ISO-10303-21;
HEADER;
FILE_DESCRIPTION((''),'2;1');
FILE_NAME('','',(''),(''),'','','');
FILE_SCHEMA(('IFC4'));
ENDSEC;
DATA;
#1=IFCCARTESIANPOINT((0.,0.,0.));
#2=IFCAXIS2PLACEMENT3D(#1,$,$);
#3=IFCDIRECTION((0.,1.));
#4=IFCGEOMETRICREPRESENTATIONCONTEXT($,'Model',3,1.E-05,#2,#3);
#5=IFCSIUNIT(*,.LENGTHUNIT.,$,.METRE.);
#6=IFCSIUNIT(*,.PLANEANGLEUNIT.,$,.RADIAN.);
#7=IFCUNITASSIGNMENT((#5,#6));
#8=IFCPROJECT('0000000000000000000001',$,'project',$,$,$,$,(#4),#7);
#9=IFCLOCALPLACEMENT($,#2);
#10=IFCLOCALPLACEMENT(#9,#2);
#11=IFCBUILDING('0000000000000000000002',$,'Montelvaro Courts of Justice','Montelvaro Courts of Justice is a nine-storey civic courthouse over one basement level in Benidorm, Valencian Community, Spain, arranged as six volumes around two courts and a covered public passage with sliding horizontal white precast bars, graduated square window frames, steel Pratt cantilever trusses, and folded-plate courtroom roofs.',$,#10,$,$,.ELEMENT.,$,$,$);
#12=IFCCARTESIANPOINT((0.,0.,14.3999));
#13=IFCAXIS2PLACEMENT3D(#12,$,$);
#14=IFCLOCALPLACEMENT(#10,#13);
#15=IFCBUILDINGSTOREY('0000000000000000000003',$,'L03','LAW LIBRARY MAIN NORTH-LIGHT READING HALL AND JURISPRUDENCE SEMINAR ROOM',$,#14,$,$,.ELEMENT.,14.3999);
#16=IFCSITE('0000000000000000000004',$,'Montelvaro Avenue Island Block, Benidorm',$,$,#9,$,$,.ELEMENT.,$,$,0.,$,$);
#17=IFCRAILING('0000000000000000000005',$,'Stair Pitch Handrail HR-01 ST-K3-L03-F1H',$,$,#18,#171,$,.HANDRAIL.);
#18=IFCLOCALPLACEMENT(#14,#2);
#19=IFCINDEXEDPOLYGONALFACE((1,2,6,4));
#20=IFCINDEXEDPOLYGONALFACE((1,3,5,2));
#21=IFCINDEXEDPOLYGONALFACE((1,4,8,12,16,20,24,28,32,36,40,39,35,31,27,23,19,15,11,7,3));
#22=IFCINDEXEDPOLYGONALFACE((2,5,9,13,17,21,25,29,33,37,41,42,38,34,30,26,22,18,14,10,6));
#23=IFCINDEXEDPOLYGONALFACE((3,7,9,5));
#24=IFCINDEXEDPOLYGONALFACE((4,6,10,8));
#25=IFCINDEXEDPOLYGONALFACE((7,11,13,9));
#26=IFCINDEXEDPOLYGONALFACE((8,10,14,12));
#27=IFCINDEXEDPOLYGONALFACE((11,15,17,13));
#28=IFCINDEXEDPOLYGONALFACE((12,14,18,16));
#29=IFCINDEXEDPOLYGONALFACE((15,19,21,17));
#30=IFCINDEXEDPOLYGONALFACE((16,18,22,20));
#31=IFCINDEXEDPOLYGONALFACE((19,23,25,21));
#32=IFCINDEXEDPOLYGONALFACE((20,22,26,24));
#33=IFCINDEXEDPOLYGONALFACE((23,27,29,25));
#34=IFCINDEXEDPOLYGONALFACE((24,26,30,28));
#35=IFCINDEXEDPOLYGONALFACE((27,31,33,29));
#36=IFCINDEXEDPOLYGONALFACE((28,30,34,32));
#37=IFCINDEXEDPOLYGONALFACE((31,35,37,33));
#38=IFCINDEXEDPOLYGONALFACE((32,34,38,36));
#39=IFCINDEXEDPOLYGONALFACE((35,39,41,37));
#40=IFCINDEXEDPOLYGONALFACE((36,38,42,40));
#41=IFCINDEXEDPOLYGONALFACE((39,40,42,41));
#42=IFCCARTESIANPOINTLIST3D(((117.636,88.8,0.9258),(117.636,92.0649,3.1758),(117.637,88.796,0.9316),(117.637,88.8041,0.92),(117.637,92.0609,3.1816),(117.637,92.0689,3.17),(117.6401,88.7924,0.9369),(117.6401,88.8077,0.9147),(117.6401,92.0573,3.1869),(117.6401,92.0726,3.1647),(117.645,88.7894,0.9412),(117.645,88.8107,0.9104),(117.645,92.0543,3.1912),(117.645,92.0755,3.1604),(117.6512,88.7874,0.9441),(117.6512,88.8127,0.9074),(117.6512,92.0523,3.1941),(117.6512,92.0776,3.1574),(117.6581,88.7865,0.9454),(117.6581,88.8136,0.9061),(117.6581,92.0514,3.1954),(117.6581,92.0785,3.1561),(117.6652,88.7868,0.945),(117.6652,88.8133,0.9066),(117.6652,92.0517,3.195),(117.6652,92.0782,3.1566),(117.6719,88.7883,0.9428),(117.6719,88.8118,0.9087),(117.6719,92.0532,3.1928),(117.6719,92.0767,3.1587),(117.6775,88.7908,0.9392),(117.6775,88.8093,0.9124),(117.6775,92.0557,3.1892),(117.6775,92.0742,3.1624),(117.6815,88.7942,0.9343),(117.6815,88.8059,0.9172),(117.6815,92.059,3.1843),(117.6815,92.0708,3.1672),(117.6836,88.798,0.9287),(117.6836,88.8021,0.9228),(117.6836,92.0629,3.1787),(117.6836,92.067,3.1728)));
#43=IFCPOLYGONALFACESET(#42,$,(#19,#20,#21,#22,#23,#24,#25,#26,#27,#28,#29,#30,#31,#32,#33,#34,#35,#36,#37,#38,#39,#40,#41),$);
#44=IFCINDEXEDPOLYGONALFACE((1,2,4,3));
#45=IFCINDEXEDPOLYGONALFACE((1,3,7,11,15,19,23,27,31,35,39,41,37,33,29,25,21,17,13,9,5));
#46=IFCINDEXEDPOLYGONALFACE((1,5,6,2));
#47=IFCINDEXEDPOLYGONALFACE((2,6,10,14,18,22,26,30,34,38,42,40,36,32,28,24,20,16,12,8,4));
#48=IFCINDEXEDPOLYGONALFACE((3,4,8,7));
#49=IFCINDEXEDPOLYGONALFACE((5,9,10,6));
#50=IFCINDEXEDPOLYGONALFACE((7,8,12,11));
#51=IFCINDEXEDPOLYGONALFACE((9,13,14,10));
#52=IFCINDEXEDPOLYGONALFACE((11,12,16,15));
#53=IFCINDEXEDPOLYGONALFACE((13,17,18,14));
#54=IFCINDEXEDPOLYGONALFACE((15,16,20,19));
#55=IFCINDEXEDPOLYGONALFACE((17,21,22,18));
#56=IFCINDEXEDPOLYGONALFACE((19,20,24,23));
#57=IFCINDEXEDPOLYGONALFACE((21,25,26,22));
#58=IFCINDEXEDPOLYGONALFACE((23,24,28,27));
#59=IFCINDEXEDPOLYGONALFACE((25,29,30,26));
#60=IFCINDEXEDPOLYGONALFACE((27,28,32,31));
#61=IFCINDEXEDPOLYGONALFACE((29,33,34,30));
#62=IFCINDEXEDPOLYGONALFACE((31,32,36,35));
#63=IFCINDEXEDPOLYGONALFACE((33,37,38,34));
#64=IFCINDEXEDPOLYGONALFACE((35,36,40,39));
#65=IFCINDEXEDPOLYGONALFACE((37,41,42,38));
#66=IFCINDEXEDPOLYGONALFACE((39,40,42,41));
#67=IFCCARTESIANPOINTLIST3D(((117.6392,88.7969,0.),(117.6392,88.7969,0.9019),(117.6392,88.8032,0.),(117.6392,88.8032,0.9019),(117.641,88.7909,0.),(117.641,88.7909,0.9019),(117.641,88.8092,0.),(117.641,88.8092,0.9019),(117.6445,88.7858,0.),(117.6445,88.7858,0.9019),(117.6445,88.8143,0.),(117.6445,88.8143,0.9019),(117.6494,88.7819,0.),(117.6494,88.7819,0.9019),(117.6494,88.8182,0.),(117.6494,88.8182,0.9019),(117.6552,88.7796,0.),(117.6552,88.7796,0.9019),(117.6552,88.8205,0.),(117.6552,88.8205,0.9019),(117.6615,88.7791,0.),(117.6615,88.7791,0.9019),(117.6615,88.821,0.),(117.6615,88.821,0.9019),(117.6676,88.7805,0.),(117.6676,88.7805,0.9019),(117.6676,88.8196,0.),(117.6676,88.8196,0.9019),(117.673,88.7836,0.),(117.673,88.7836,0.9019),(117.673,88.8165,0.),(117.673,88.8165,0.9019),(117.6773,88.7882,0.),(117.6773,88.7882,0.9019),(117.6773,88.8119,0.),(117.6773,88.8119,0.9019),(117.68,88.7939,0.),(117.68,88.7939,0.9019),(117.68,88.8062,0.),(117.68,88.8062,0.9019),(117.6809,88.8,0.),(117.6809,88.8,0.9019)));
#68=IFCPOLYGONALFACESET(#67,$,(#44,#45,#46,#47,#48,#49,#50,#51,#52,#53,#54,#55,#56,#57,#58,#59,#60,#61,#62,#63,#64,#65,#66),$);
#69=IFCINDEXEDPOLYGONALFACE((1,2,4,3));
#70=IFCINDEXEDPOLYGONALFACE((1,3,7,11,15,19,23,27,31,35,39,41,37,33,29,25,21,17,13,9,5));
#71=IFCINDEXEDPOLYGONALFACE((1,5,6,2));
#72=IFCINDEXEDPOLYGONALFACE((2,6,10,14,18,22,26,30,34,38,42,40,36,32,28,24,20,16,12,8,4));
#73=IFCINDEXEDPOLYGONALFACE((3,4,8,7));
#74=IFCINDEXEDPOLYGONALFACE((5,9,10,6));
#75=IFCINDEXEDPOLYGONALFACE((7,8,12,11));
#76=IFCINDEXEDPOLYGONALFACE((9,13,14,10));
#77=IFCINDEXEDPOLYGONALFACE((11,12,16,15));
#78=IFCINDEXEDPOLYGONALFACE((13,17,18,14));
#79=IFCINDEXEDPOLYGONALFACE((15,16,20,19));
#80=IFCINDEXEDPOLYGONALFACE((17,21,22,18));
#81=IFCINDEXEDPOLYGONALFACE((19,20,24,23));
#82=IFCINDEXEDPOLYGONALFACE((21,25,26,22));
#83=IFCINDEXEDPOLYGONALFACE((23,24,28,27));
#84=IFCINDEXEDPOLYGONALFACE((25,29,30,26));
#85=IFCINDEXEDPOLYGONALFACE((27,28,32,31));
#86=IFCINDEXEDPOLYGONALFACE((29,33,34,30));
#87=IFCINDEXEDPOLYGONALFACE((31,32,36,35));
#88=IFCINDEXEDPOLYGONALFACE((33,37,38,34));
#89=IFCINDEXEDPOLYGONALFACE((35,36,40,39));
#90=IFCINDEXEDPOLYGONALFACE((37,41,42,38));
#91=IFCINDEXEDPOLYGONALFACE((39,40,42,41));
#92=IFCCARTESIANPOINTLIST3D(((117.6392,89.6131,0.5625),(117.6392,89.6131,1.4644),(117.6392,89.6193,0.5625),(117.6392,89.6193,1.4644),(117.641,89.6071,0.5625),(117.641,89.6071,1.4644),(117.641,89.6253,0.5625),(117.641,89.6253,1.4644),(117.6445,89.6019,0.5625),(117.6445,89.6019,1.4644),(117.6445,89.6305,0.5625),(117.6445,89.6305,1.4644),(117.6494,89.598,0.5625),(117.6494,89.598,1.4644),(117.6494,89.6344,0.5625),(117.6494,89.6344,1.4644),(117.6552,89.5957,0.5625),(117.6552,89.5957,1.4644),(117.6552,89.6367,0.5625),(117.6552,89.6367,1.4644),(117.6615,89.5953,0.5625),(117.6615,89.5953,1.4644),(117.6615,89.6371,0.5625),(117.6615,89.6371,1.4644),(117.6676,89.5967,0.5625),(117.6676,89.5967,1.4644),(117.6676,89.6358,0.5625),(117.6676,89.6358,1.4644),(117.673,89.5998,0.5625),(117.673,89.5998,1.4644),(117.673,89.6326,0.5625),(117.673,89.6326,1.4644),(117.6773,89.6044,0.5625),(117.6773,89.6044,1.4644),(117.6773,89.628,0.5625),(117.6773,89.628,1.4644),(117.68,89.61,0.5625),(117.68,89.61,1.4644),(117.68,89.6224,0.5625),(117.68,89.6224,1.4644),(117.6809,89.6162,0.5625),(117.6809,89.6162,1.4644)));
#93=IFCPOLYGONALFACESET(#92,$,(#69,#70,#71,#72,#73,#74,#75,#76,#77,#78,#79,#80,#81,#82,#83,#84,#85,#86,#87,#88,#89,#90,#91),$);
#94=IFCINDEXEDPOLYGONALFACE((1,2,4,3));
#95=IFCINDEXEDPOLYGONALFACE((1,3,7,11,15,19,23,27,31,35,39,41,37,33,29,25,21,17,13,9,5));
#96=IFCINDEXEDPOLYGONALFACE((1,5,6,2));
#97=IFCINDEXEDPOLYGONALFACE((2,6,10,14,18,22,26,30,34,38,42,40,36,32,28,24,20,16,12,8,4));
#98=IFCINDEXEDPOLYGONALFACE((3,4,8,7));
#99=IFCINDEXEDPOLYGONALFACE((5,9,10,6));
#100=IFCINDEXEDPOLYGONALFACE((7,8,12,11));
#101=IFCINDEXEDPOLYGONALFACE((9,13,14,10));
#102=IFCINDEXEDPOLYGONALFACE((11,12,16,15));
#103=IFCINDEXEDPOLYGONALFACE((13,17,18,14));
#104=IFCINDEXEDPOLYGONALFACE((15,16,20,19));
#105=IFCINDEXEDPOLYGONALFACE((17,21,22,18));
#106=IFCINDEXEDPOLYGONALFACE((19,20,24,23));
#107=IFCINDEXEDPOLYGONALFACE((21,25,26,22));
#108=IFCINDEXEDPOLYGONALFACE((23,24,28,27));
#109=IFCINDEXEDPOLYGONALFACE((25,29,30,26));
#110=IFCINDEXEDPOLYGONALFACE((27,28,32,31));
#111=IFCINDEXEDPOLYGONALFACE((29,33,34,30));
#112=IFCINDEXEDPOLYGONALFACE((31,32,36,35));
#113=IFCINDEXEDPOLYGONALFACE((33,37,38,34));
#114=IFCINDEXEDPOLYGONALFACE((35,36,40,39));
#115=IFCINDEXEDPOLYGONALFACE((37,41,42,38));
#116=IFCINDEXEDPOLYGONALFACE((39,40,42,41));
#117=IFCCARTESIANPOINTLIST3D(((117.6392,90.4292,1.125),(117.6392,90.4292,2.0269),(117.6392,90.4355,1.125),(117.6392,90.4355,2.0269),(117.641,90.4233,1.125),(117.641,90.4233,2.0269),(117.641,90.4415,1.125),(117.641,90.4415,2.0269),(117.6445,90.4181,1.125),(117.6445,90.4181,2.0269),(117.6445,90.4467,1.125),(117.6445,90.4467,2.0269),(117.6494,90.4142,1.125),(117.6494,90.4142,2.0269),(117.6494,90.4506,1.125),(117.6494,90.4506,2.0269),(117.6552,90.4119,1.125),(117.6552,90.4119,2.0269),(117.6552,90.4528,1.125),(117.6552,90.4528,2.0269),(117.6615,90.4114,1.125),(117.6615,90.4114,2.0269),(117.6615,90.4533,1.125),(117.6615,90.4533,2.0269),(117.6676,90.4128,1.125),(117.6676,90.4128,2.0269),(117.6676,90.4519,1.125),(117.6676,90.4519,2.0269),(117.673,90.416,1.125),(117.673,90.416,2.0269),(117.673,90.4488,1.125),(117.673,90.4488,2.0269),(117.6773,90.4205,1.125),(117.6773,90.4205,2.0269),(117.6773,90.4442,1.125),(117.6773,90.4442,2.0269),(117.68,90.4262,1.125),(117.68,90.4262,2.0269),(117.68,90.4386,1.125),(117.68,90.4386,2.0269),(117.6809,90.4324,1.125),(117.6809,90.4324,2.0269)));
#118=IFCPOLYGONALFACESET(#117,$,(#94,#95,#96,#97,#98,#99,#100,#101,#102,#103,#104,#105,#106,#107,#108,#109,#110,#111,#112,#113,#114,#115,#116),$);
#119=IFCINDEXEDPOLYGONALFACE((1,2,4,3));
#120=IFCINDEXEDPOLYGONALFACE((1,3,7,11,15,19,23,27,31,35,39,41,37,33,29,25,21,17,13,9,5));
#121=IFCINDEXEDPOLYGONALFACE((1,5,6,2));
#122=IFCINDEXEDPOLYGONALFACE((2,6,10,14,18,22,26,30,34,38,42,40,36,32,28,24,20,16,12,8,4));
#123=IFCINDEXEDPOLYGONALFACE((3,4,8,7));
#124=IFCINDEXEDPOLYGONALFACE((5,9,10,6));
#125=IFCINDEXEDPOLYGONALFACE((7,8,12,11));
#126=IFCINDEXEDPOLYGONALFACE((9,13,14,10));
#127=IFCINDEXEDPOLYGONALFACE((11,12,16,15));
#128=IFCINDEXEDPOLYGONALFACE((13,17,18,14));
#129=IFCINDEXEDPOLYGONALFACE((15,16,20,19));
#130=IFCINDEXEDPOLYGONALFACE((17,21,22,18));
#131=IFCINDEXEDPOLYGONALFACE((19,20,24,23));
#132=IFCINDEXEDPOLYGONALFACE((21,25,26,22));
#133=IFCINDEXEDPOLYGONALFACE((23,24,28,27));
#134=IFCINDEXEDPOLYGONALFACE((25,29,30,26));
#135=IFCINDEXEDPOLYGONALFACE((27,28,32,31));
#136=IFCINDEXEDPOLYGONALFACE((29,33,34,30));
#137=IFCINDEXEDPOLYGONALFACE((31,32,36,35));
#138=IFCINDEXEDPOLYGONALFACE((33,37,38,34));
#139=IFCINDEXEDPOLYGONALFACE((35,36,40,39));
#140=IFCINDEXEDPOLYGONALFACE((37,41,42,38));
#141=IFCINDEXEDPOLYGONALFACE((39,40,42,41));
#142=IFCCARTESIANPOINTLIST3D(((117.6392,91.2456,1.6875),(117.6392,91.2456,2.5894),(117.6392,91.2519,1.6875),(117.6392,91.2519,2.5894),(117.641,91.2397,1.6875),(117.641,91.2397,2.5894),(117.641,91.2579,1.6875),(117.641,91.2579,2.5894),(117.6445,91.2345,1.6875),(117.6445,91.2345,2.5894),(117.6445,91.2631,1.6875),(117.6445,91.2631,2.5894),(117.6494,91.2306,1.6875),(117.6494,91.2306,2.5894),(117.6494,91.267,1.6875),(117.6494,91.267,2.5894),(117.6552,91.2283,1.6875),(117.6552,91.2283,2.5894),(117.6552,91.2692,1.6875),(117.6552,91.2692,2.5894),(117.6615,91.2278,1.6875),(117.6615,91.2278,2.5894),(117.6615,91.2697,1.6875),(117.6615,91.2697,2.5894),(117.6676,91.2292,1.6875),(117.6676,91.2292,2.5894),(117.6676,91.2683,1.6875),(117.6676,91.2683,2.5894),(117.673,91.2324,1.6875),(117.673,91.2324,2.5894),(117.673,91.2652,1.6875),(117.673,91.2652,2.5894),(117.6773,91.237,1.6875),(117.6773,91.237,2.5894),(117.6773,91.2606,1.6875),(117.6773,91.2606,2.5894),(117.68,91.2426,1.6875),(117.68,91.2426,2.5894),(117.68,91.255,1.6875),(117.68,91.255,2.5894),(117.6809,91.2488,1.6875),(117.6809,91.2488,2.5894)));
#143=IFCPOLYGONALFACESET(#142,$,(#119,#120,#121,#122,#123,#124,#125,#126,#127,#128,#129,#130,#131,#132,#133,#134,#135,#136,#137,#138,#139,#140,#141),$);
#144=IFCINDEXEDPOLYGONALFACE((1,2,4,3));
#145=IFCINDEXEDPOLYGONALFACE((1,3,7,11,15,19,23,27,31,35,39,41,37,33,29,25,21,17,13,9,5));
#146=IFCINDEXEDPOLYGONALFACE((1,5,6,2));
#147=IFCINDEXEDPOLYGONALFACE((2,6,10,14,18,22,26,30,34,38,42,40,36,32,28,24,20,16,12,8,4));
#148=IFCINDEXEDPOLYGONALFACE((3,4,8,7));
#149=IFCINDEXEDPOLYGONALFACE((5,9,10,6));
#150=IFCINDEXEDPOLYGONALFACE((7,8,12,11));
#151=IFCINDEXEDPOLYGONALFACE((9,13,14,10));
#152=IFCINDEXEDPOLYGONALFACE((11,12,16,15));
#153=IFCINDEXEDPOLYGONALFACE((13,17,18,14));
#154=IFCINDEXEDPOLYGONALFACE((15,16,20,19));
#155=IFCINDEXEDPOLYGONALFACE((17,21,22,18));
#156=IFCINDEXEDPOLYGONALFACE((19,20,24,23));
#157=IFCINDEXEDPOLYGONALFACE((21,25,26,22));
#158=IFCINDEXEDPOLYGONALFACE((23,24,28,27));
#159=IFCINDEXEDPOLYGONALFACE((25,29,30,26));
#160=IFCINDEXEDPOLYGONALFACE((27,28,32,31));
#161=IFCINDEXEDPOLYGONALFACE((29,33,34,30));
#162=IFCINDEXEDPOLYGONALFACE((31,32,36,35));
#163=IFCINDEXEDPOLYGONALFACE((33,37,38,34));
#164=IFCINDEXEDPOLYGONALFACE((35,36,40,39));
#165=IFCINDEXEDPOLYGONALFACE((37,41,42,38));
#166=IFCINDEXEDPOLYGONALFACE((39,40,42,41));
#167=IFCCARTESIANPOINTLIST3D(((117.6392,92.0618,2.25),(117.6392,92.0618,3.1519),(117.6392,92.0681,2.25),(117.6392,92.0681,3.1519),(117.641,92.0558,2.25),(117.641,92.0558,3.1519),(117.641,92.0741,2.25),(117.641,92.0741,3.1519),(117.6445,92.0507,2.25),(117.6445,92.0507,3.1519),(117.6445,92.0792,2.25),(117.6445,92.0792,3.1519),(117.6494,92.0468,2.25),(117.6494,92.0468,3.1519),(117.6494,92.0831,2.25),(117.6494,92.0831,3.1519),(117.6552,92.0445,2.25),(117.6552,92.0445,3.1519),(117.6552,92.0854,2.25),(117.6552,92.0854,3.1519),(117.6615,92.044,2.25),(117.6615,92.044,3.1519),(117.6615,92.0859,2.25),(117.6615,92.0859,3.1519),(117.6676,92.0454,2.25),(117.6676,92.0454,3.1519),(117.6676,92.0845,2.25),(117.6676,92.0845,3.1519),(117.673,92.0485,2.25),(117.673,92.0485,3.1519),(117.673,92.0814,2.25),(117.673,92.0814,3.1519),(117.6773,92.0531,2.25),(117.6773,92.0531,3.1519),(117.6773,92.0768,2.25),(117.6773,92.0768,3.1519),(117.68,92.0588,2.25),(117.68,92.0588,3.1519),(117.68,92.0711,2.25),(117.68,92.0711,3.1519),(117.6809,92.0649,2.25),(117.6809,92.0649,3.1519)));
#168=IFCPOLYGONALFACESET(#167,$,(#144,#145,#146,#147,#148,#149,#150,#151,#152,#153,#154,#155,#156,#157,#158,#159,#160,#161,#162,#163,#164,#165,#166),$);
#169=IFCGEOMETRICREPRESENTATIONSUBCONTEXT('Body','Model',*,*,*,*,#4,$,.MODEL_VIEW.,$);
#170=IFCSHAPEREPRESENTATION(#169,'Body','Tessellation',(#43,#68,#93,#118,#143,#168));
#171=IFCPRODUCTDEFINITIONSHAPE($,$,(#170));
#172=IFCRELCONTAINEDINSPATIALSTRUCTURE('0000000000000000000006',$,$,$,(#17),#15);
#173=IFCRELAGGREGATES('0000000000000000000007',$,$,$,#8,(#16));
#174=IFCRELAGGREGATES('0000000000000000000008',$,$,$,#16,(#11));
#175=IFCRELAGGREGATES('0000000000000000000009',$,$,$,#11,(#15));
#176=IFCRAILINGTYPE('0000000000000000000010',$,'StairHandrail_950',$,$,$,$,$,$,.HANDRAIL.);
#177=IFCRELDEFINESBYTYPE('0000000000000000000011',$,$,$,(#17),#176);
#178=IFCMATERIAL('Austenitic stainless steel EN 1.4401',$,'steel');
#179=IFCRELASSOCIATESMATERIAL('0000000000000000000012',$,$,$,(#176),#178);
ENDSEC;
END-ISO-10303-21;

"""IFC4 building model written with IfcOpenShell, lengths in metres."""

from ifc_helpers import new_model, si_unit, direction, frame, origin, origin_2d, place, context, subcontext, project, spatial, circle, extrude, material, type_object, element, save


model = new_model("IFC4")

# Units and contexts
model_context = context("Model", 3, precision=1e-05, world=origin(), true_north=direction((0.0, 1.0)))
body_context = subcontext(model_context, "Body", "Model", "MODEL_VIEW")
ifc_project = project(units=[si_unit("LENGTHUNIT", "METRE"), si_unit("PLANEANGLEUNIT", "RADIAN")], contexts=[model_context])

# Site, building, storey
site_placement = place(None, origin())
site = spatial("IfcSite", under=ifc_project, at=site_placement, Name="Montelvaro Avenue Island Block, Benidorm", CompositionType="ELEMENT", RefElevation=0.0)
building_placement = place(site_placement, origin())
building = spatial("IfcBuilding", under=site, at=building_placement, Name="Montelvaro Courts of Justice", Description="Montelvaro Courts of Justice is a nine-storey civic courthouse over one basement level in Benidorm, Valencian Community, Spain, arranged as six volumes around two courts and a covered public passage with sliding horizontal white precast bars, graduated square window frames, steel Pratt cantilever trusses, and folded-plate courtroom roofs.", CompositionType="ELEMENT")
storey_placement = place(building_placement, frame((0.0, 0.0, 14.3999)))
storey = spatial("IfcBuildingStorey", under=building, at=storey_placement, Name="L03", Description="LAW LIBRARY MAIN NORTH-LIGHT READING HALL AND JURISPRUDENCE SEMINAR ROOM", CompositionType="ELEMENT", Elevation=14.3999)

# Railing
ifc_material_1 = material(Name="Austenitic stainless steel EN 1.4401", Category="steel")
railing_type_1 = type_object("IfcRailingType", Name="StairHandrail_950", PredefinedType="HANDRAIL", material=ifc_material_1)
railing_1_placement = place(storey_placement, frame((117.6599, 88.8, 0.0)))
element("IfcRailing", 1, at=railing_1_placement, inside=storey, type_object=railing_type_1, Name="Stair Pitch Handrail HR-01 ST-K3-L03-F1H", PredefinedType="HANDRAIL", context=body_context, shape_type="SweptSolid", body=[
    extrude(circle(Radius=0.0239, at=origin_2d()), frame((0.0, 0.0, 0.9258), z_axis=(0.0, 0.823407, 0.567451), x_axis=(-1.0, 0.0, 0.0)), (0.0, 0.0, 1.0), 3.9651),
    extrude(circle(Radius=0.021, at=origin_2d()), origin(), (0.0, 0.0, 1.0), 0.9019),
    extrude(circle(Radius=0.021, at=origin_2d()), frame((0.0, 0.8162, 0.5625)), (0.0, 0.0, 1.0), 0.9019),
    extrude(circle(Radius=0.021, at=origin_2d()), frame((0.0, 1.6323, 1.125)), (0.0, 0.0, 1.0), 0.9019),
    extrude(circle(Radius=0.021, at=origin_2d()), frame((0.0, 2.4487, 1.6875)), (0.0, 0.0, 1.0), 0.9019),
    extrude(circle(Radius=0.021, at=origin_2d()), frame((0.0, 3.2649, 2.25)), (0.0, 0.0, 1.0), 0.9019),
])

save(model, "model.ifc")
